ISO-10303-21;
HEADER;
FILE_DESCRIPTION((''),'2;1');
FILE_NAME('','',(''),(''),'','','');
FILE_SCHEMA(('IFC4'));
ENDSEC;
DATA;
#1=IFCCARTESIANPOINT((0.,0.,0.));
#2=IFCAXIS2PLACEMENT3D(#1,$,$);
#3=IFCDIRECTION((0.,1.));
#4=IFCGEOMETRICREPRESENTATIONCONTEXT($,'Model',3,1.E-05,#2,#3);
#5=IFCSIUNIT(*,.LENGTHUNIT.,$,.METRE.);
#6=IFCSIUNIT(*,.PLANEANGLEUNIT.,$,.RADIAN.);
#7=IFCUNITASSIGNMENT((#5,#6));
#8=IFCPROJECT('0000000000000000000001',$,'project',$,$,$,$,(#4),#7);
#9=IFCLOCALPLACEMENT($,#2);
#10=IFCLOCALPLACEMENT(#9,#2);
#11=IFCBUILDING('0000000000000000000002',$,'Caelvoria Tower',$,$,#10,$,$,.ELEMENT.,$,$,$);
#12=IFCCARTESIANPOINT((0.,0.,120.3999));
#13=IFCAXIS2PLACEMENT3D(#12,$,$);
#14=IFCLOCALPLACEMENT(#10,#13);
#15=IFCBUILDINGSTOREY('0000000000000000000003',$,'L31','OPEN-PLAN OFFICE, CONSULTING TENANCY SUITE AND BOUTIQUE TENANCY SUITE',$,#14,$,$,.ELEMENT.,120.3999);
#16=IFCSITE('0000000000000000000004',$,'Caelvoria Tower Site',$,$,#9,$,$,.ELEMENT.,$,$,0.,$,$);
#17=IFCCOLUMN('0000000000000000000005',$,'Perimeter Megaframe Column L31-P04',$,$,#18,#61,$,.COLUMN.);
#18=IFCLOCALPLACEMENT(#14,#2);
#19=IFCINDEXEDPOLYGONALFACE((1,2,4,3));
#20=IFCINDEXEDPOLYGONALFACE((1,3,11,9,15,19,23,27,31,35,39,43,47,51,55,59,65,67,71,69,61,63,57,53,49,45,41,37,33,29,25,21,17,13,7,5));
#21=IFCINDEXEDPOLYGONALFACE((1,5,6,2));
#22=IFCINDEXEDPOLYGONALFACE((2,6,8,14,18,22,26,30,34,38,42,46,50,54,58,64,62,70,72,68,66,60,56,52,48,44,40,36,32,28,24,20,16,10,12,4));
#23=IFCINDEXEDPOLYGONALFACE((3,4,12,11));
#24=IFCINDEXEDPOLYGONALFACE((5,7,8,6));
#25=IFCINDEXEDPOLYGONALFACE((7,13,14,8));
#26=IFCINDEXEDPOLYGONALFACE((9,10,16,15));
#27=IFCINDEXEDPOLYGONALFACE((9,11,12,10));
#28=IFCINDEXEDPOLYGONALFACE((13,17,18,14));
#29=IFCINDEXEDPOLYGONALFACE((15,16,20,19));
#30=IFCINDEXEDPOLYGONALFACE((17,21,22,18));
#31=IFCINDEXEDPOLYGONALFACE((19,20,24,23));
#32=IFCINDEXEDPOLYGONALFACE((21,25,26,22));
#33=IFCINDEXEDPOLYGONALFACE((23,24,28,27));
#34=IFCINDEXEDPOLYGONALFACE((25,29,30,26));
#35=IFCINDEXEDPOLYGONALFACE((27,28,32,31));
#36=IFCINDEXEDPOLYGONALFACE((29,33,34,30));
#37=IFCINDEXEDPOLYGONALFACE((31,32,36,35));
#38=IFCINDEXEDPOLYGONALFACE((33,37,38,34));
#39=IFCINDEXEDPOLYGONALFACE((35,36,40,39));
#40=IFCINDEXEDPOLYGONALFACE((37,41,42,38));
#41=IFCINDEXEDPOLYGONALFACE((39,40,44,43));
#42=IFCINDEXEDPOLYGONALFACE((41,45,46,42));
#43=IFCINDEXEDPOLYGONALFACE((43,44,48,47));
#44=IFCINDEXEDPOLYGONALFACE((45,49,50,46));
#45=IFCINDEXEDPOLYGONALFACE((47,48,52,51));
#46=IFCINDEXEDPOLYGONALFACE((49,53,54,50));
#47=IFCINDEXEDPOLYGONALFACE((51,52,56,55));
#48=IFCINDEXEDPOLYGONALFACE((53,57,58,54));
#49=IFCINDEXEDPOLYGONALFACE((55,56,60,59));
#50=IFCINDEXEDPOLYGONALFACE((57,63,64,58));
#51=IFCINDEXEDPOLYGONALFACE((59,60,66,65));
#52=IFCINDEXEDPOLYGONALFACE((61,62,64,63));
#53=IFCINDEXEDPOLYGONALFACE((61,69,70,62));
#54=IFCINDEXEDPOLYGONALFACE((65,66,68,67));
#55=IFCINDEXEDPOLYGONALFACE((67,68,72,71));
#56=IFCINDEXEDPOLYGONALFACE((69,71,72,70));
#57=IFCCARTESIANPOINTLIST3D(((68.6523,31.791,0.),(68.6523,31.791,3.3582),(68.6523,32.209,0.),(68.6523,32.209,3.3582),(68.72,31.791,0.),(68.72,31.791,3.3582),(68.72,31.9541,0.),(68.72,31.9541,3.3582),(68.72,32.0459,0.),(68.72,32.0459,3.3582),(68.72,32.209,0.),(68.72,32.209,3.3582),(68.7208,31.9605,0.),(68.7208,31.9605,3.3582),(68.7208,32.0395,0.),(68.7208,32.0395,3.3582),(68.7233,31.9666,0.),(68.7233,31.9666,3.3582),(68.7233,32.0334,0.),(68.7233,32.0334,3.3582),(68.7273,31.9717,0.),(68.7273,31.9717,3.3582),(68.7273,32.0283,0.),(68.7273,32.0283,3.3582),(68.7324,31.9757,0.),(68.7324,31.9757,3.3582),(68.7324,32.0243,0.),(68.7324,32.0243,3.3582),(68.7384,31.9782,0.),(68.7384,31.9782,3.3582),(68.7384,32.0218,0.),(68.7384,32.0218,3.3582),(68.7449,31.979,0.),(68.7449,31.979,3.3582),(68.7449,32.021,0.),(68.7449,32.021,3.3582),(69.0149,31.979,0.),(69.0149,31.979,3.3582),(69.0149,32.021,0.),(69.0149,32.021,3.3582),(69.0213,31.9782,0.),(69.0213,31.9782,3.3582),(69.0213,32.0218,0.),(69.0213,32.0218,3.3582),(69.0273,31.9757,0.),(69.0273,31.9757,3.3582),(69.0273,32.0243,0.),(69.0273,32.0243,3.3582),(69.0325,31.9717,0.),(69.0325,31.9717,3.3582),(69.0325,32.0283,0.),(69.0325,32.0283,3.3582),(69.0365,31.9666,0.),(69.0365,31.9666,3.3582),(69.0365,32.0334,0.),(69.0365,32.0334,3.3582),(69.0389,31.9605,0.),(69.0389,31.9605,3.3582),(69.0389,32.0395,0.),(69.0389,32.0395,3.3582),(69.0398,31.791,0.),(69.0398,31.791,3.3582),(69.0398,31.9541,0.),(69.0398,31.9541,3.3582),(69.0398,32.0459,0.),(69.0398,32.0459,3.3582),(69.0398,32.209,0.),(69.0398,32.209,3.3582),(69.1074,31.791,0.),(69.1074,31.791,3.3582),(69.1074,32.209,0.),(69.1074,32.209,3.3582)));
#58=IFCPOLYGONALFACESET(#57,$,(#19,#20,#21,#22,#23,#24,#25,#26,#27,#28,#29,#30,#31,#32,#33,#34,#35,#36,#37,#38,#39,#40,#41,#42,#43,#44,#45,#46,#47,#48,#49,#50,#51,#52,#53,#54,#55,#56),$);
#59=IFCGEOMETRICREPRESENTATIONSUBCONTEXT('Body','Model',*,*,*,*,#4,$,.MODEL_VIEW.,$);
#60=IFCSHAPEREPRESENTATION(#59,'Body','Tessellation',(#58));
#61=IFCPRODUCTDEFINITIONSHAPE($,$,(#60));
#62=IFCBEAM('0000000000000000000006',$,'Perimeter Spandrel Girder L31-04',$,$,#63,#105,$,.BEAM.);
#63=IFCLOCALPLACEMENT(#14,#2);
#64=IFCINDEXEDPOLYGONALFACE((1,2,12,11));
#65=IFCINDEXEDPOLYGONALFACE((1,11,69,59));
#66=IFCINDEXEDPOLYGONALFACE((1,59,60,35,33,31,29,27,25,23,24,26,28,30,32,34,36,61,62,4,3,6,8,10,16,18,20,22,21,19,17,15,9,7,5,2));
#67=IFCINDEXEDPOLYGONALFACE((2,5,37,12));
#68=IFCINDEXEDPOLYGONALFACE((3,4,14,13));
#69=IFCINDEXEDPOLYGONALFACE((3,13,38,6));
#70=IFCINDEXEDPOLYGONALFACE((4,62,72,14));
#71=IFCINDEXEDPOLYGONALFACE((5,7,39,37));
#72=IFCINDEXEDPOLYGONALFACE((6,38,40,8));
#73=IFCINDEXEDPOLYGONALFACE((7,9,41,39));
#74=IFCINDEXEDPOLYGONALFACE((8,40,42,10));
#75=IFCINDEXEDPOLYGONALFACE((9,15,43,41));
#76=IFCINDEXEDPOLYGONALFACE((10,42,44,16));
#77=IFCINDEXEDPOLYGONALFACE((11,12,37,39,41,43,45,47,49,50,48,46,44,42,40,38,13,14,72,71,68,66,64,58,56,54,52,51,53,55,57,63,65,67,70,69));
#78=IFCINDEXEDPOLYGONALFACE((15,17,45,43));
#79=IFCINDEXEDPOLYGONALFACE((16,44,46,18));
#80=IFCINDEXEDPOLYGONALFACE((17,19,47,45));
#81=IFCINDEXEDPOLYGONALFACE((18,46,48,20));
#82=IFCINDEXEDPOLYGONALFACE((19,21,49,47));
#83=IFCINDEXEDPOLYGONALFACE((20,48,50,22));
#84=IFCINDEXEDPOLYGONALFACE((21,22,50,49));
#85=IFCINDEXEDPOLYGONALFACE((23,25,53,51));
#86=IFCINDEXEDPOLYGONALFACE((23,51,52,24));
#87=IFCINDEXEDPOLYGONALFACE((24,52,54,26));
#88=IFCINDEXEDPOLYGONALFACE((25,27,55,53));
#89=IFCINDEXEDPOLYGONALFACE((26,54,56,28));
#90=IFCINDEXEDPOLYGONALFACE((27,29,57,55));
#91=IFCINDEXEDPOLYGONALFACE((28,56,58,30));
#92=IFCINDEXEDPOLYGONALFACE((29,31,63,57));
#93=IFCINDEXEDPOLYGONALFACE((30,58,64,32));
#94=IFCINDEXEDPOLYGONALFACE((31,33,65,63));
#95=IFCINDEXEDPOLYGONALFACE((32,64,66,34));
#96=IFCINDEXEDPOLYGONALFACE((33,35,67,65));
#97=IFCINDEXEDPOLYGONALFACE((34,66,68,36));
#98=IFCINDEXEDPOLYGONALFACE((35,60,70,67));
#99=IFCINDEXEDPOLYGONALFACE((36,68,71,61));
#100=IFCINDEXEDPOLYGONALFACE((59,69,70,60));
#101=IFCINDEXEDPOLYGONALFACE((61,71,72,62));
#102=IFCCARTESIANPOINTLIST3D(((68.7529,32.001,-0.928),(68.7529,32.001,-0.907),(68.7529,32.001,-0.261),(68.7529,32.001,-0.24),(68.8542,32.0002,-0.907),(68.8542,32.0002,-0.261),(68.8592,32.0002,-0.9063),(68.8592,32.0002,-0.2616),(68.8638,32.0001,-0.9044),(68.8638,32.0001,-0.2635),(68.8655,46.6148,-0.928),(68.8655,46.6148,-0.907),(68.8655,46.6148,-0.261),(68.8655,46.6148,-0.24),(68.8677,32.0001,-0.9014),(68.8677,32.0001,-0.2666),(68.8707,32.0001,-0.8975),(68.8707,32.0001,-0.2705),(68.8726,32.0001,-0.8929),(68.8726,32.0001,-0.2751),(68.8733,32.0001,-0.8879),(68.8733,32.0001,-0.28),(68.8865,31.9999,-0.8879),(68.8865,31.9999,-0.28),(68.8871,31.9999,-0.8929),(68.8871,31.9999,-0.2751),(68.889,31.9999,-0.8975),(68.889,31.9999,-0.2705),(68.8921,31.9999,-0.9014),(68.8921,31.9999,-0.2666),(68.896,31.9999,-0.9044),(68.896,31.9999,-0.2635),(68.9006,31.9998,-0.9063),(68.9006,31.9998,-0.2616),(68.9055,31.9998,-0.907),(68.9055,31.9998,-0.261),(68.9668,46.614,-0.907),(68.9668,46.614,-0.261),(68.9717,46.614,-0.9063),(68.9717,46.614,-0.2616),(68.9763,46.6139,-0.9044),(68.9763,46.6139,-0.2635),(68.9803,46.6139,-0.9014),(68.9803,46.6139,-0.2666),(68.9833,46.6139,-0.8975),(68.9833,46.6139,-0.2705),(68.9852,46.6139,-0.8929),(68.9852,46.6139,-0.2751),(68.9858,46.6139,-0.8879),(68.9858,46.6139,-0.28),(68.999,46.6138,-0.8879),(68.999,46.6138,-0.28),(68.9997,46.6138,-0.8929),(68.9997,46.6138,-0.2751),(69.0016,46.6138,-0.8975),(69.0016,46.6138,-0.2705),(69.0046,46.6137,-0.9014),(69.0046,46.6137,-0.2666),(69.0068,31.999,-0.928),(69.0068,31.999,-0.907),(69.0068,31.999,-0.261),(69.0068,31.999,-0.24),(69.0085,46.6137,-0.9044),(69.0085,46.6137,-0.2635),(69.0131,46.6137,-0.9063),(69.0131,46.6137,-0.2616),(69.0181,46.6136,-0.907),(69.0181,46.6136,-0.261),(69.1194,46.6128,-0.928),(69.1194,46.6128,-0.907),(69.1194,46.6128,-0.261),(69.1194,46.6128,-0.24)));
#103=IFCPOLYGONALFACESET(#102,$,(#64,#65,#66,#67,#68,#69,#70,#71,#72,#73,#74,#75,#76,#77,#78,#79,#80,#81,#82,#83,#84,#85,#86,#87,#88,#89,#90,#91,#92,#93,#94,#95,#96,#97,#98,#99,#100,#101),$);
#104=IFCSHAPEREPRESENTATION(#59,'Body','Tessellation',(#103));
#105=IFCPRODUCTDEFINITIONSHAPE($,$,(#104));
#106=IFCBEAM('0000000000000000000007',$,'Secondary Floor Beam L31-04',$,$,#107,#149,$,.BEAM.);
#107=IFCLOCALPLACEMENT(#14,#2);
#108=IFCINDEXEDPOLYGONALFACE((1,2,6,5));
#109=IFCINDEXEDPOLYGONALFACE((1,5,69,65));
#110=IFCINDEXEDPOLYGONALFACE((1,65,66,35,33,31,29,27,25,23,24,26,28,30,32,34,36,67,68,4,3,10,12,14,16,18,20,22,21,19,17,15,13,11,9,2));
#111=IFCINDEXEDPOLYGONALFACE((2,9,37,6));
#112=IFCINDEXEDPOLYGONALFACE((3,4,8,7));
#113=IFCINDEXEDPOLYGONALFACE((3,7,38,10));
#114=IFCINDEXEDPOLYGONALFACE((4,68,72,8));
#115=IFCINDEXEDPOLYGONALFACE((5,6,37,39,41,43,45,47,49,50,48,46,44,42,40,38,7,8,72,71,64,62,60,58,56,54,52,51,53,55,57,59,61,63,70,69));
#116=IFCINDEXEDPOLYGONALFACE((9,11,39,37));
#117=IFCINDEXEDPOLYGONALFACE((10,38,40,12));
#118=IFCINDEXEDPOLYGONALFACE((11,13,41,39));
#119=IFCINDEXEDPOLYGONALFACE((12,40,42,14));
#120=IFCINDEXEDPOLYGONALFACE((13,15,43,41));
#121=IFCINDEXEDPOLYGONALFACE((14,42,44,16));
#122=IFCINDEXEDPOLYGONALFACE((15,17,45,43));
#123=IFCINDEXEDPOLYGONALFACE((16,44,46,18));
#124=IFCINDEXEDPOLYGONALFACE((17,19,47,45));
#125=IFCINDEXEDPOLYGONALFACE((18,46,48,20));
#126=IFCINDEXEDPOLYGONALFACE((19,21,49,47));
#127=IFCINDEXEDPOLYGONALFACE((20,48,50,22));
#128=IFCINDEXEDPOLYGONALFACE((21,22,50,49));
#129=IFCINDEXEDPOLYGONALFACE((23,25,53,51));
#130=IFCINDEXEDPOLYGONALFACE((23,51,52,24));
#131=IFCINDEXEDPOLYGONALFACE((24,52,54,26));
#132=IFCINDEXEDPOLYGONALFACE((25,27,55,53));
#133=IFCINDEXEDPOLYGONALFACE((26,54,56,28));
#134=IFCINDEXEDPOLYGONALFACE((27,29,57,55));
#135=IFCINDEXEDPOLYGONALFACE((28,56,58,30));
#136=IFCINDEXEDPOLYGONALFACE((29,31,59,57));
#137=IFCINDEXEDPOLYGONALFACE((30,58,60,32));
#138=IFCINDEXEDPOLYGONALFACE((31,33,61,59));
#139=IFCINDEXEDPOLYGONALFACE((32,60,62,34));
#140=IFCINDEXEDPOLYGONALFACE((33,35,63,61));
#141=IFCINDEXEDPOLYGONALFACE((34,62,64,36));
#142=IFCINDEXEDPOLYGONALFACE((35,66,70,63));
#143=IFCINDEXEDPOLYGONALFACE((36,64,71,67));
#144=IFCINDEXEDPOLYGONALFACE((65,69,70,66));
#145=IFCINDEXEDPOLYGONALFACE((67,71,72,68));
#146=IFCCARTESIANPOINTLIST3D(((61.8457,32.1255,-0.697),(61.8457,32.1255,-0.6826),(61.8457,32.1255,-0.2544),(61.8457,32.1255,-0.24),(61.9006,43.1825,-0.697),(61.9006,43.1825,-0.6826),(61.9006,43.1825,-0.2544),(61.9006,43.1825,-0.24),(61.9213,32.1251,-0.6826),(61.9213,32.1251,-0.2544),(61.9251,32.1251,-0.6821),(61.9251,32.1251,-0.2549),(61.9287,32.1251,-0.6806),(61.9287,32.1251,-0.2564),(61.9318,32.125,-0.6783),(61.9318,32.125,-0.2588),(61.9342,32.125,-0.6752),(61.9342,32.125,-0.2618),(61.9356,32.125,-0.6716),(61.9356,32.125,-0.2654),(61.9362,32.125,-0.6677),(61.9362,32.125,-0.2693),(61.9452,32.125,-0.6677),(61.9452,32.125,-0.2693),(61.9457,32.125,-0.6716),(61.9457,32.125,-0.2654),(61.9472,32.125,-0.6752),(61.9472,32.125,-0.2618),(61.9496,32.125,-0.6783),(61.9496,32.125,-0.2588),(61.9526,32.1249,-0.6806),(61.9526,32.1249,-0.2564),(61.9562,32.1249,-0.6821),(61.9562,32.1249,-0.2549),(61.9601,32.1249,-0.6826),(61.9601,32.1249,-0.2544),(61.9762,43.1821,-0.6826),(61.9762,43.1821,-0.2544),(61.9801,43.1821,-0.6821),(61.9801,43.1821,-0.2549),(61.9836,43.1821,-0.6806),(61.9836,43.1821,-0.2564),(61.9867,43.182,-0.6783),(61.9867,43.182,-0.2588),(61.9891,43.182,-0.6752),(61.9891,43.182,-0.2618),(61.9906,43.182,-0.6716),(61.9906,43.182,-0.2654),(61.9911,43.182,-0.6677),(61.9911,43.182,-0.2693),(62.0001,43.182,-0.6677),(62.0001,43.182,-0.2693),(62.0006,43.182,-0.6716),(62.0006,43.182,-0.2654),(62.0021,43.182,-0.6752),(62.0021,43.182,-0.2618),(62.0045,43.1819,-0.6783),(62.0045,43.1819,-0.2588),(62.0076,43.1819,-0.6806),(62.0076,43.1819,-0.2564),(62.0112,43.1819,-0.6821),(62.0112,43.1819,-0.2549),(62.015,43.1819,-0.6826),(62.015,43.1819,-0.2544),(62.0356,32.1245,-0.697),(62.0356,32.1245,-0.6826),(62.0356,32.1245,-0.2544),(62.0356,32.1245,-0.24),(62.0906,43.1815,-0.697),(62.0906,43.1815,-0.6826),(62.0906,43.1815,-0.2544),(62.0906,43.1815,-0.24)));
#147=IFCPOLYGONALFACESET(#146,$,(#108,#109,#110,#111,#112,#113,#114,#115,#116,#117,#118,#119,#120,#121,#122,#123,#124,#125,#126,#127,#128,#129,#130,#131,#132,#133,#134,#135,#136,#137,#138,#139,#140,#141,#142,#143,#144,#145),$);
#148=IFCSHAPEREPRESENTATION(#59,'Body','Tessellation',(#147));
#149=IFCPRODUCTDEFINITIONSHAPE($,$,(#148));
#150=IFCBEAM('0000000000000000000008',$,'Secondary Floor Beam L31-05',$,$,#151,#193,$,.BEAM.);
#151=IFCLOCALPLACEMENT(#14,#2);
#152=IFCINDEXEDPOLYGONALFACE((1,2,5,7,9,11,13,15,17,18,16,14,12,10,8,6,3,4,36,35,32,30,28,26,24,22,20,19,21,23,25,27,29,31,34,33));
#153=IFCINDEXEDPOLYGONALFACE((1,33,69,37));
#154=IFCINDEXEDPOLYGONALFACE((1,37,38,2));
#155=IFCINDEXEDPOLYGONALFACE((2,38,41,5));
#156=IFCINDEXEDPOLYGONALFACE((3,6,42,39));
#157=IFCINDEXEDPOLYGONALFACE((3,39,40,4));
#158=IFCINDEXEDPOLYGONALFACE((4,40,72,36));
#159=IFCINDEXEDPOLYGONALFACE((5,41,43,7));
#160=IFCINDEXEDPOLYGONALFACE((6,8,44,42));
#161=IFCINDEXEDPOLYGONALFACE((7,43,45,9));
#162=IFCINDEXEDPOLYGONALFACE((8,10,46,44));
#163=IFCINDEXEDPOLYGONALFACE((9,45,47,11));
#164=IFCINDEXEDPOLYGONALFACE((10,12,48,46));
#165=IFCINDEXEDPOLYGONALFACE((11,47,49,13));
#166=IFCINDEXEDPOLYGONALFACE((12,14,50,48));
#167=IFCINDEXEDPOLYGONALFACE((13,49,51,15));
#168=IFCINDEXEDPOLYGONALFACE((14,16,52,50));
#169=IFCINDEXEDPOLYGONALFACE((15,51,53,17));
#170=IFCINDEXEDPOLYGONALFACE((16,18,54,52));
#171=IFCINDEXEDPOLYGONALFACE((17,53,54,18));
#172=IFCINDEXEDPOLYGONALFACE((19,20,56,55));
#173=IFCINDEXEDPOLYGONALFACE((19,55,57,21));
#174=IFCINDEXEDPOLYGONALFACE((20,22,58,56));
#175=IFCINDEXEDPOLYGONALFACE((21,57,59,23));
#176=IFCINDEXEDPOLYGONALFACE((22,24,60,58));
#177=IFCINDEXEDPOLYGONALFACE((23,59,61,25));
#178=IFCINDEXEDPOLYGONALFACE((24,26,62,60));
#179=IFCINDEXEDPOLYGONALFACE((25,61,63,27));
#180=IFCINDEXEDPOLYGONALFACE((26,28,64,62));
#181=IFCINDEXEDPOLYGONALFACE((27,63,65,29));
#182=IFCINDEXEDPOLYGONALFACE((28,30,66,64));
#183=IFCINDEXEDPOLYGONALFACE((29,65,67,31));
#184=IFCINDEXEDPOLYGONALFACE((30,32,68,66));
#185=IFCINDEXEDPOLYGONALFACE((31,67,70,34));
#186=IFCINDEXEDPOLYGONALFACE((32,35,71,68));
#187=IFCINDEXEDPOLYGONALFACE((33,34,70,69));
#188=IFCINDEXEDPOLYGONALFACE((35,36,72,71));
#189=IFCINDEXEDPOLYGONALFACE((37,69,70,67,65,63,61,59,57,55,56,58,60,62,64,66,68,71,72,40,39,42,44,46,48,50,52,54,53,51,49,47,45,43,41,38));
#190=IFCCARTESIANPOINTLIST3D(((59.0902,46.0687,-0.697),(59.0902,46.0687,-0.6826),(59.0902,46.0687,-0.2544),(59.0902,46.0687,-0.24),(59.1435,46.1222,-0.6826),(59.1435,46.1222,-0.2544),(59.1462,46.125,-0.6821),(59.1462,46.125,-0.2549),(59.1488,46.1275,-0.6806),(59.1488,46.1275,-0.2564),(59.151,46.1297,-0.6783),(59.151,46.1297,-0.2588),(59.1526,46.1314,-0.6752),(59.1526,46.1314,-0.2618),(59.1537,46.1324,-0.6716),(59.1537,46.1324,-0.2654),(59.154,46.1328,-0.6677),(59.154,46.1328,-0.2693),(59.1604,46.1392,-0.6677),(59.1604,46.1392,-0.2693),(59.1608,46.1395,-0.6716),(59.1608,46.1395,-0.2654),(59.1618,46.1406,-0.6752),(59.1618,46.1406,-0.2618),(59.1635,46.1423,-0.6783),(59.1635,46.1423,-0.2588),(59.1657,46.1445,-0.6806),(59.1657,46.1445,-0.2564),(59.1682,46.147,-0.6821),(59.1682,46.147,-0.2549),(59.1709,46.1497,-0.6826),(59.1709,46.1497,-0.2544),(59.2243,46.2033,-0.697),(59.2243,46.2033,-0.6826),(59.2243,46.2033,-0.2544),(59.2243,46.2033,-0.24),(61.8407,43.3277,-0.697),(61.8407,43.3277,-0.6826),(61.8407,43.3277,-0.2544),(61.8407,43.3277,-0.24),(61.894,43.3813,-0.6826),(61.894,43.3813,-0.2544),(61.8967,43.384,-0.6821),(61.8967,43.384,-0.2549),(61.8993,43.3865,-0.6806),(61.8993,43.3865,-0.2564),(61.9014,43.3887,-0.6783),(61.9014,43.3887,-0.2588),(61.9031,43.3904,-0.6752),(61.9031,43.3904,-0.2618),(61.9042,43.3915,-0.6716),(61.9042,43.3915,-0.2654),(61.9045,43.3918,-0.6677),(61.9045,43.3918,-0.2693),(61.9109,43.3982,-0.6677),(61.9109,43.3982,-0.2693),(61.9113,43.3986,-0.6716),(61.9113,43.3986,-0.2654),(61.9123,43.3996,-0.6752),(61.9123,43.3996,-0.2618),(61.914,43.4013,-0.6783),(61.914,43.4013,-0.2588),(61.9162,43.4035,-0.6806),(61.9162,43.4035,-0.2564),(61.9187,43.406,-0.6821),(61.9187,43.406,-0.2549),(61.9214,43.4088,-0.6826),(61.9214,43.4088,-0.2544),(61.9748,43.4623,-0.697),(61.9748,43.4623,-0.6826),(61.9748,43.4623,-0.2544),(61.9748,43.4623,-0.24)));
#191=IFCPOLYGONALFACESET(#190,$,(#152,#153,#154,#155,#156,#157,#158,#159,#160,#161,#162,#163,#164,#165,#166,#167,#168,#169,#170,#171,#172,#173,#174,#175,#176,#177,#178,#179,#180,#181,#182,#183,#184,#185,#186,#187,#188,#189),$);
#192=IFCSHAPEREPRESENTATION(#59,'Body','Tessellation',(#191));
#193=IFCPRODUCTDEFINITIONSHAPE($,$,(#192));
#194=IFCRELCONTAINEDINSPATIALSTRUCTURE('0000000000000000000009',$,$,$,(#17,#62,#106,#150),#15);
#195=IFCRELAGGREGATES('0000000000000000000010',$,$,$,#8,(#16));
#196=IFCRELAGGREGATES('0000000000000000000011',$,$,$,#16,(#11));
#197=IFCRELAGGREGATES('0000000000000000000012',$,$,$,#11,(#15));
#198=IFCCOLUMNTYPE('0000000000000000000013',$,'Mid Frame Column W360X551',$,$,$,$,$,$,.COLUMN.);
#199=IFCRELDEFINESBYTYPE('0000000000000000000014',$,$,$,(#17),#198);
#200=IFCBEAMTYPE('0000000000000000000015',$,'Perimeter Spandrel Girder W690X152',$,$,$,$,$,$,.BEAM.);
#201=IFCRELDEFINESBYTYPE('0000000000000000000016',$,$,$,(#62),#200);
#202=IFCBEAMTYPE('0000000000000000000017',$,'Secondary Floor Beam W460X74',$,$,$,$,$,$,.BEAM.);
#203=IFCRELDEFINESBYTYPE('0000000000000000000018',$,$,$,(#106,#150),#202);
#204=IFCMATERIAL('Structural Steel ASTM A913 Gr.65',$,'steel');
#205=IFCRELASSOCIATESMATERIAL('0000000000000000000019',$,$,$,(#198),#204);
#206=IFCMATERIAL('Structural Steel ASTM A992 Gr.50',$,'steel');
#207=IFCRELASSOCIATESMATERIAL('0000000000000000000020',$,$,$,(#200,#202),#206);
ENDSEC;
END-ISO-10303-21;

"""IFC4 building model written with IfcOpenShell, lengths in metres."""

from ifc_helpers import new_model, si_unit, direction, frame, origin, origin_2d, place, context, subcontext, project, spatial, i_section, extrude, material, material_profile, profile_set, type_object, element, save


model = new_model("IFC4")

# Units and contexts
model_context = context("Model", 3, precision=1e-05, world=origin(), true_north=direction((0.0, 1.0)))
body_context = subcontext(model_context, "Body", "Model", "MODEL_VIEW")
ifc_project = project(units=[si_unit("LENGTHUNIT", "METRE"), si_unit("PLANEANGLEUNIT", "RADIAN")], contexts=[model_context])

# Site, building, storey
site_placement = place(None, origin())
site = spatial("IfcSite", under=ifc_project, at=site_placement, Name="Caelvoria Tower Site", CompositionType="ELEMENT", RefElevation=0.0)
building_placement = place(site_placement, origin())
building = spatial("IfcBuilding", under=site, at=building_placement, Name="Caelvoria Tower", CompositionType="ELEMENT")
storey_placement = place(building_placement, frame((0.0, 0.0, 120.3999)))
storey = spatial("IfcBuildingStorey", under=building, at=storey_placement, Name="L31", Description="OPEN-PLAN OFFICE, CONSULTING TENANCY SUITE AND BOUTIQUE TENANCY SUITE", CompositionType="ELEMENT", Elevation=120.3999)

# Column
ifc_material_1 = material(Name="Structural Steel ASTM A913 Gr.65", Category="steel")
ifc_material_profile_1 = material_profile(ifc_material_1, i_section(OverallWidth=0.418, OverallDepth=0.4551, WebThickness=0.042, FlangeThickness=0.0676, FilletRadius=0.0249, at=origin_2d()), Name="Structural Steel ASTM A913 Gr.65")
ifc_profile_set_1 = profile_set([ifc_material_profile_1], Name="W360X551 - Structural Steel ASTM A913 Gr.65")
column_type = type_object("IfcColumnType", Name="Mid Frame Column W360X551", PredefinedType="COLUMN", material=ifc_profile_set_1)
column_placement = place(storey_placement, frame((68.8799, 32.0, 0.0), z_axis=(0.0, 0.0, 1.0), x_axis=(0.0, 1.0, 0.0)))
element("IfcColumn", 1, at=column_placement, inside=storey, type_object=column_type, Name="Perimeter Megaframe Column L31-P04", PredefinedType="COLUMN", context=body_context, shape_type="SweptSolid", body=[
    extrude(i_section(OverallWidth=0.418, OverallDepth=0.4551, WebThickness=0.042, FlangeThickness=0.0676, FilletRadius=0.0249, at=origin_2d()), origin(), (0.0, 0.0, 1.0), 3.3582),
])

# Beams
ifc_material_2 = material(Name="Structural Steel ASTM A992 Gr.50", Category="steel")
ifc_material_profile_2 = material_profile(ifc_material_2, i_section(OverallWidth=0.2539, OverallDepth=0.688, WebThickness=0.0132, FlangeThickness=0.021, FilletRadius=0.019, at=origin_2d()), Name="Structural Steel ASTM A992 Gr.50")
ifc_profile_set_2 = profile_set([ifc_material_profile_2], Name="W690X152 - Structural Steel ASTM A992 Gr.50")
beam_type_1 = type_object("IfcBeamType", Name="Perimeter Spandrel Girder W690X152", PredefinedType="BEAM", material=ifc_profile_set_2)
beam_1_placement = place(storey_placement, frame((68.8799, 32.0, -0.584), z_axis=(0.007701, 0.99997, 0.0), x_axis=(-0.99997, 0.007701, 0.0)))
element("IfcBeam", 2, at=beam_1_placement, inside=storey, type_object=beam_type_1, Name="Perimeter Spandrel Girder L31-04", PredefinedType="BEAM", context=body_context, shape_type="SweptSolid", body=[
    extrude(i_section(OverallWidth=0.2539, OverallDepth=0.688, WebThickness=0.0132, FlangeThickness=0.021, FilletRadius=0.019, at=origin_2d()), origin(), (0.0, 0.0, 1.0), 14.6143),
])
ifc_material_profile_3 = material_profile(ifc_material_2, i_section(OverallWidth=0.1899, OverallDepth=0.457, WebThickness=0.009, FlangeThickness=0.0144, FilletRadius=0.0149, at=origin_2d()), Name="Structural Steel ASTM A992 Gr.50")
ifc_profile_set_3 = profile_set([ifc_material_profile_3], Name="W460X74 - Structural Steel ASTM A992 Gr.50")
beam_type_2 = type_object("IfcBeamType", Name="Secondary Floor Beam W460X74", PredefinedType="BEAM", material=ifc_profile_set_3)
beam_2_placement = place(storey_placement, frame((61.9407, 32.125, -0.4685), z_axis=(0.004968, 0.999988, 0.0), x_axis=(-0.999988, 0.004968, 0.0)))
element("IfcBeam", 3, at=beam_2_placement, inside=storey, type_object=beam_type_2, Name="Secondary Floor Beam L31-04", PredefinedType="BEAM", context=body_context, shape_type="SweptSolid", body=[
    extrude(i_section(OverallWidth=0.1899, OverallDepth=0.457, WebThickness=0.009, FlangeThickness=0.0144, FilletRadius=0.0149, at=origin_2d()), origin(), (0.0, 0.0, 1.0), 11.0571),
])
beam_3_placement = place(storey_placement, frame((61.9077, 43.395, -0.4685), z_axis=(-0.708332, 0.70588, 0.0), x_axis=(-0.70588, -0.708332, 0.0)))
element("IfcBeam", 4, at=beam_3_placement, inside=storey, type_object=beam_type_2, Name="Secondary Floor Beam L31-05", PredefinedType="BEAM", context=body_context, shape_type="SweptSolid", body=[
    extrude(i_section(OverallWidth=0.1899, OverallDepth=0.457, WebThickness=0.009, FlangeThickness=0.0144, FilletRadius=0.0149, at=origin_2d()), origin(), (0.0, 0.0, 1.0), 3.8831),
])

save(model, "model.ifc")
